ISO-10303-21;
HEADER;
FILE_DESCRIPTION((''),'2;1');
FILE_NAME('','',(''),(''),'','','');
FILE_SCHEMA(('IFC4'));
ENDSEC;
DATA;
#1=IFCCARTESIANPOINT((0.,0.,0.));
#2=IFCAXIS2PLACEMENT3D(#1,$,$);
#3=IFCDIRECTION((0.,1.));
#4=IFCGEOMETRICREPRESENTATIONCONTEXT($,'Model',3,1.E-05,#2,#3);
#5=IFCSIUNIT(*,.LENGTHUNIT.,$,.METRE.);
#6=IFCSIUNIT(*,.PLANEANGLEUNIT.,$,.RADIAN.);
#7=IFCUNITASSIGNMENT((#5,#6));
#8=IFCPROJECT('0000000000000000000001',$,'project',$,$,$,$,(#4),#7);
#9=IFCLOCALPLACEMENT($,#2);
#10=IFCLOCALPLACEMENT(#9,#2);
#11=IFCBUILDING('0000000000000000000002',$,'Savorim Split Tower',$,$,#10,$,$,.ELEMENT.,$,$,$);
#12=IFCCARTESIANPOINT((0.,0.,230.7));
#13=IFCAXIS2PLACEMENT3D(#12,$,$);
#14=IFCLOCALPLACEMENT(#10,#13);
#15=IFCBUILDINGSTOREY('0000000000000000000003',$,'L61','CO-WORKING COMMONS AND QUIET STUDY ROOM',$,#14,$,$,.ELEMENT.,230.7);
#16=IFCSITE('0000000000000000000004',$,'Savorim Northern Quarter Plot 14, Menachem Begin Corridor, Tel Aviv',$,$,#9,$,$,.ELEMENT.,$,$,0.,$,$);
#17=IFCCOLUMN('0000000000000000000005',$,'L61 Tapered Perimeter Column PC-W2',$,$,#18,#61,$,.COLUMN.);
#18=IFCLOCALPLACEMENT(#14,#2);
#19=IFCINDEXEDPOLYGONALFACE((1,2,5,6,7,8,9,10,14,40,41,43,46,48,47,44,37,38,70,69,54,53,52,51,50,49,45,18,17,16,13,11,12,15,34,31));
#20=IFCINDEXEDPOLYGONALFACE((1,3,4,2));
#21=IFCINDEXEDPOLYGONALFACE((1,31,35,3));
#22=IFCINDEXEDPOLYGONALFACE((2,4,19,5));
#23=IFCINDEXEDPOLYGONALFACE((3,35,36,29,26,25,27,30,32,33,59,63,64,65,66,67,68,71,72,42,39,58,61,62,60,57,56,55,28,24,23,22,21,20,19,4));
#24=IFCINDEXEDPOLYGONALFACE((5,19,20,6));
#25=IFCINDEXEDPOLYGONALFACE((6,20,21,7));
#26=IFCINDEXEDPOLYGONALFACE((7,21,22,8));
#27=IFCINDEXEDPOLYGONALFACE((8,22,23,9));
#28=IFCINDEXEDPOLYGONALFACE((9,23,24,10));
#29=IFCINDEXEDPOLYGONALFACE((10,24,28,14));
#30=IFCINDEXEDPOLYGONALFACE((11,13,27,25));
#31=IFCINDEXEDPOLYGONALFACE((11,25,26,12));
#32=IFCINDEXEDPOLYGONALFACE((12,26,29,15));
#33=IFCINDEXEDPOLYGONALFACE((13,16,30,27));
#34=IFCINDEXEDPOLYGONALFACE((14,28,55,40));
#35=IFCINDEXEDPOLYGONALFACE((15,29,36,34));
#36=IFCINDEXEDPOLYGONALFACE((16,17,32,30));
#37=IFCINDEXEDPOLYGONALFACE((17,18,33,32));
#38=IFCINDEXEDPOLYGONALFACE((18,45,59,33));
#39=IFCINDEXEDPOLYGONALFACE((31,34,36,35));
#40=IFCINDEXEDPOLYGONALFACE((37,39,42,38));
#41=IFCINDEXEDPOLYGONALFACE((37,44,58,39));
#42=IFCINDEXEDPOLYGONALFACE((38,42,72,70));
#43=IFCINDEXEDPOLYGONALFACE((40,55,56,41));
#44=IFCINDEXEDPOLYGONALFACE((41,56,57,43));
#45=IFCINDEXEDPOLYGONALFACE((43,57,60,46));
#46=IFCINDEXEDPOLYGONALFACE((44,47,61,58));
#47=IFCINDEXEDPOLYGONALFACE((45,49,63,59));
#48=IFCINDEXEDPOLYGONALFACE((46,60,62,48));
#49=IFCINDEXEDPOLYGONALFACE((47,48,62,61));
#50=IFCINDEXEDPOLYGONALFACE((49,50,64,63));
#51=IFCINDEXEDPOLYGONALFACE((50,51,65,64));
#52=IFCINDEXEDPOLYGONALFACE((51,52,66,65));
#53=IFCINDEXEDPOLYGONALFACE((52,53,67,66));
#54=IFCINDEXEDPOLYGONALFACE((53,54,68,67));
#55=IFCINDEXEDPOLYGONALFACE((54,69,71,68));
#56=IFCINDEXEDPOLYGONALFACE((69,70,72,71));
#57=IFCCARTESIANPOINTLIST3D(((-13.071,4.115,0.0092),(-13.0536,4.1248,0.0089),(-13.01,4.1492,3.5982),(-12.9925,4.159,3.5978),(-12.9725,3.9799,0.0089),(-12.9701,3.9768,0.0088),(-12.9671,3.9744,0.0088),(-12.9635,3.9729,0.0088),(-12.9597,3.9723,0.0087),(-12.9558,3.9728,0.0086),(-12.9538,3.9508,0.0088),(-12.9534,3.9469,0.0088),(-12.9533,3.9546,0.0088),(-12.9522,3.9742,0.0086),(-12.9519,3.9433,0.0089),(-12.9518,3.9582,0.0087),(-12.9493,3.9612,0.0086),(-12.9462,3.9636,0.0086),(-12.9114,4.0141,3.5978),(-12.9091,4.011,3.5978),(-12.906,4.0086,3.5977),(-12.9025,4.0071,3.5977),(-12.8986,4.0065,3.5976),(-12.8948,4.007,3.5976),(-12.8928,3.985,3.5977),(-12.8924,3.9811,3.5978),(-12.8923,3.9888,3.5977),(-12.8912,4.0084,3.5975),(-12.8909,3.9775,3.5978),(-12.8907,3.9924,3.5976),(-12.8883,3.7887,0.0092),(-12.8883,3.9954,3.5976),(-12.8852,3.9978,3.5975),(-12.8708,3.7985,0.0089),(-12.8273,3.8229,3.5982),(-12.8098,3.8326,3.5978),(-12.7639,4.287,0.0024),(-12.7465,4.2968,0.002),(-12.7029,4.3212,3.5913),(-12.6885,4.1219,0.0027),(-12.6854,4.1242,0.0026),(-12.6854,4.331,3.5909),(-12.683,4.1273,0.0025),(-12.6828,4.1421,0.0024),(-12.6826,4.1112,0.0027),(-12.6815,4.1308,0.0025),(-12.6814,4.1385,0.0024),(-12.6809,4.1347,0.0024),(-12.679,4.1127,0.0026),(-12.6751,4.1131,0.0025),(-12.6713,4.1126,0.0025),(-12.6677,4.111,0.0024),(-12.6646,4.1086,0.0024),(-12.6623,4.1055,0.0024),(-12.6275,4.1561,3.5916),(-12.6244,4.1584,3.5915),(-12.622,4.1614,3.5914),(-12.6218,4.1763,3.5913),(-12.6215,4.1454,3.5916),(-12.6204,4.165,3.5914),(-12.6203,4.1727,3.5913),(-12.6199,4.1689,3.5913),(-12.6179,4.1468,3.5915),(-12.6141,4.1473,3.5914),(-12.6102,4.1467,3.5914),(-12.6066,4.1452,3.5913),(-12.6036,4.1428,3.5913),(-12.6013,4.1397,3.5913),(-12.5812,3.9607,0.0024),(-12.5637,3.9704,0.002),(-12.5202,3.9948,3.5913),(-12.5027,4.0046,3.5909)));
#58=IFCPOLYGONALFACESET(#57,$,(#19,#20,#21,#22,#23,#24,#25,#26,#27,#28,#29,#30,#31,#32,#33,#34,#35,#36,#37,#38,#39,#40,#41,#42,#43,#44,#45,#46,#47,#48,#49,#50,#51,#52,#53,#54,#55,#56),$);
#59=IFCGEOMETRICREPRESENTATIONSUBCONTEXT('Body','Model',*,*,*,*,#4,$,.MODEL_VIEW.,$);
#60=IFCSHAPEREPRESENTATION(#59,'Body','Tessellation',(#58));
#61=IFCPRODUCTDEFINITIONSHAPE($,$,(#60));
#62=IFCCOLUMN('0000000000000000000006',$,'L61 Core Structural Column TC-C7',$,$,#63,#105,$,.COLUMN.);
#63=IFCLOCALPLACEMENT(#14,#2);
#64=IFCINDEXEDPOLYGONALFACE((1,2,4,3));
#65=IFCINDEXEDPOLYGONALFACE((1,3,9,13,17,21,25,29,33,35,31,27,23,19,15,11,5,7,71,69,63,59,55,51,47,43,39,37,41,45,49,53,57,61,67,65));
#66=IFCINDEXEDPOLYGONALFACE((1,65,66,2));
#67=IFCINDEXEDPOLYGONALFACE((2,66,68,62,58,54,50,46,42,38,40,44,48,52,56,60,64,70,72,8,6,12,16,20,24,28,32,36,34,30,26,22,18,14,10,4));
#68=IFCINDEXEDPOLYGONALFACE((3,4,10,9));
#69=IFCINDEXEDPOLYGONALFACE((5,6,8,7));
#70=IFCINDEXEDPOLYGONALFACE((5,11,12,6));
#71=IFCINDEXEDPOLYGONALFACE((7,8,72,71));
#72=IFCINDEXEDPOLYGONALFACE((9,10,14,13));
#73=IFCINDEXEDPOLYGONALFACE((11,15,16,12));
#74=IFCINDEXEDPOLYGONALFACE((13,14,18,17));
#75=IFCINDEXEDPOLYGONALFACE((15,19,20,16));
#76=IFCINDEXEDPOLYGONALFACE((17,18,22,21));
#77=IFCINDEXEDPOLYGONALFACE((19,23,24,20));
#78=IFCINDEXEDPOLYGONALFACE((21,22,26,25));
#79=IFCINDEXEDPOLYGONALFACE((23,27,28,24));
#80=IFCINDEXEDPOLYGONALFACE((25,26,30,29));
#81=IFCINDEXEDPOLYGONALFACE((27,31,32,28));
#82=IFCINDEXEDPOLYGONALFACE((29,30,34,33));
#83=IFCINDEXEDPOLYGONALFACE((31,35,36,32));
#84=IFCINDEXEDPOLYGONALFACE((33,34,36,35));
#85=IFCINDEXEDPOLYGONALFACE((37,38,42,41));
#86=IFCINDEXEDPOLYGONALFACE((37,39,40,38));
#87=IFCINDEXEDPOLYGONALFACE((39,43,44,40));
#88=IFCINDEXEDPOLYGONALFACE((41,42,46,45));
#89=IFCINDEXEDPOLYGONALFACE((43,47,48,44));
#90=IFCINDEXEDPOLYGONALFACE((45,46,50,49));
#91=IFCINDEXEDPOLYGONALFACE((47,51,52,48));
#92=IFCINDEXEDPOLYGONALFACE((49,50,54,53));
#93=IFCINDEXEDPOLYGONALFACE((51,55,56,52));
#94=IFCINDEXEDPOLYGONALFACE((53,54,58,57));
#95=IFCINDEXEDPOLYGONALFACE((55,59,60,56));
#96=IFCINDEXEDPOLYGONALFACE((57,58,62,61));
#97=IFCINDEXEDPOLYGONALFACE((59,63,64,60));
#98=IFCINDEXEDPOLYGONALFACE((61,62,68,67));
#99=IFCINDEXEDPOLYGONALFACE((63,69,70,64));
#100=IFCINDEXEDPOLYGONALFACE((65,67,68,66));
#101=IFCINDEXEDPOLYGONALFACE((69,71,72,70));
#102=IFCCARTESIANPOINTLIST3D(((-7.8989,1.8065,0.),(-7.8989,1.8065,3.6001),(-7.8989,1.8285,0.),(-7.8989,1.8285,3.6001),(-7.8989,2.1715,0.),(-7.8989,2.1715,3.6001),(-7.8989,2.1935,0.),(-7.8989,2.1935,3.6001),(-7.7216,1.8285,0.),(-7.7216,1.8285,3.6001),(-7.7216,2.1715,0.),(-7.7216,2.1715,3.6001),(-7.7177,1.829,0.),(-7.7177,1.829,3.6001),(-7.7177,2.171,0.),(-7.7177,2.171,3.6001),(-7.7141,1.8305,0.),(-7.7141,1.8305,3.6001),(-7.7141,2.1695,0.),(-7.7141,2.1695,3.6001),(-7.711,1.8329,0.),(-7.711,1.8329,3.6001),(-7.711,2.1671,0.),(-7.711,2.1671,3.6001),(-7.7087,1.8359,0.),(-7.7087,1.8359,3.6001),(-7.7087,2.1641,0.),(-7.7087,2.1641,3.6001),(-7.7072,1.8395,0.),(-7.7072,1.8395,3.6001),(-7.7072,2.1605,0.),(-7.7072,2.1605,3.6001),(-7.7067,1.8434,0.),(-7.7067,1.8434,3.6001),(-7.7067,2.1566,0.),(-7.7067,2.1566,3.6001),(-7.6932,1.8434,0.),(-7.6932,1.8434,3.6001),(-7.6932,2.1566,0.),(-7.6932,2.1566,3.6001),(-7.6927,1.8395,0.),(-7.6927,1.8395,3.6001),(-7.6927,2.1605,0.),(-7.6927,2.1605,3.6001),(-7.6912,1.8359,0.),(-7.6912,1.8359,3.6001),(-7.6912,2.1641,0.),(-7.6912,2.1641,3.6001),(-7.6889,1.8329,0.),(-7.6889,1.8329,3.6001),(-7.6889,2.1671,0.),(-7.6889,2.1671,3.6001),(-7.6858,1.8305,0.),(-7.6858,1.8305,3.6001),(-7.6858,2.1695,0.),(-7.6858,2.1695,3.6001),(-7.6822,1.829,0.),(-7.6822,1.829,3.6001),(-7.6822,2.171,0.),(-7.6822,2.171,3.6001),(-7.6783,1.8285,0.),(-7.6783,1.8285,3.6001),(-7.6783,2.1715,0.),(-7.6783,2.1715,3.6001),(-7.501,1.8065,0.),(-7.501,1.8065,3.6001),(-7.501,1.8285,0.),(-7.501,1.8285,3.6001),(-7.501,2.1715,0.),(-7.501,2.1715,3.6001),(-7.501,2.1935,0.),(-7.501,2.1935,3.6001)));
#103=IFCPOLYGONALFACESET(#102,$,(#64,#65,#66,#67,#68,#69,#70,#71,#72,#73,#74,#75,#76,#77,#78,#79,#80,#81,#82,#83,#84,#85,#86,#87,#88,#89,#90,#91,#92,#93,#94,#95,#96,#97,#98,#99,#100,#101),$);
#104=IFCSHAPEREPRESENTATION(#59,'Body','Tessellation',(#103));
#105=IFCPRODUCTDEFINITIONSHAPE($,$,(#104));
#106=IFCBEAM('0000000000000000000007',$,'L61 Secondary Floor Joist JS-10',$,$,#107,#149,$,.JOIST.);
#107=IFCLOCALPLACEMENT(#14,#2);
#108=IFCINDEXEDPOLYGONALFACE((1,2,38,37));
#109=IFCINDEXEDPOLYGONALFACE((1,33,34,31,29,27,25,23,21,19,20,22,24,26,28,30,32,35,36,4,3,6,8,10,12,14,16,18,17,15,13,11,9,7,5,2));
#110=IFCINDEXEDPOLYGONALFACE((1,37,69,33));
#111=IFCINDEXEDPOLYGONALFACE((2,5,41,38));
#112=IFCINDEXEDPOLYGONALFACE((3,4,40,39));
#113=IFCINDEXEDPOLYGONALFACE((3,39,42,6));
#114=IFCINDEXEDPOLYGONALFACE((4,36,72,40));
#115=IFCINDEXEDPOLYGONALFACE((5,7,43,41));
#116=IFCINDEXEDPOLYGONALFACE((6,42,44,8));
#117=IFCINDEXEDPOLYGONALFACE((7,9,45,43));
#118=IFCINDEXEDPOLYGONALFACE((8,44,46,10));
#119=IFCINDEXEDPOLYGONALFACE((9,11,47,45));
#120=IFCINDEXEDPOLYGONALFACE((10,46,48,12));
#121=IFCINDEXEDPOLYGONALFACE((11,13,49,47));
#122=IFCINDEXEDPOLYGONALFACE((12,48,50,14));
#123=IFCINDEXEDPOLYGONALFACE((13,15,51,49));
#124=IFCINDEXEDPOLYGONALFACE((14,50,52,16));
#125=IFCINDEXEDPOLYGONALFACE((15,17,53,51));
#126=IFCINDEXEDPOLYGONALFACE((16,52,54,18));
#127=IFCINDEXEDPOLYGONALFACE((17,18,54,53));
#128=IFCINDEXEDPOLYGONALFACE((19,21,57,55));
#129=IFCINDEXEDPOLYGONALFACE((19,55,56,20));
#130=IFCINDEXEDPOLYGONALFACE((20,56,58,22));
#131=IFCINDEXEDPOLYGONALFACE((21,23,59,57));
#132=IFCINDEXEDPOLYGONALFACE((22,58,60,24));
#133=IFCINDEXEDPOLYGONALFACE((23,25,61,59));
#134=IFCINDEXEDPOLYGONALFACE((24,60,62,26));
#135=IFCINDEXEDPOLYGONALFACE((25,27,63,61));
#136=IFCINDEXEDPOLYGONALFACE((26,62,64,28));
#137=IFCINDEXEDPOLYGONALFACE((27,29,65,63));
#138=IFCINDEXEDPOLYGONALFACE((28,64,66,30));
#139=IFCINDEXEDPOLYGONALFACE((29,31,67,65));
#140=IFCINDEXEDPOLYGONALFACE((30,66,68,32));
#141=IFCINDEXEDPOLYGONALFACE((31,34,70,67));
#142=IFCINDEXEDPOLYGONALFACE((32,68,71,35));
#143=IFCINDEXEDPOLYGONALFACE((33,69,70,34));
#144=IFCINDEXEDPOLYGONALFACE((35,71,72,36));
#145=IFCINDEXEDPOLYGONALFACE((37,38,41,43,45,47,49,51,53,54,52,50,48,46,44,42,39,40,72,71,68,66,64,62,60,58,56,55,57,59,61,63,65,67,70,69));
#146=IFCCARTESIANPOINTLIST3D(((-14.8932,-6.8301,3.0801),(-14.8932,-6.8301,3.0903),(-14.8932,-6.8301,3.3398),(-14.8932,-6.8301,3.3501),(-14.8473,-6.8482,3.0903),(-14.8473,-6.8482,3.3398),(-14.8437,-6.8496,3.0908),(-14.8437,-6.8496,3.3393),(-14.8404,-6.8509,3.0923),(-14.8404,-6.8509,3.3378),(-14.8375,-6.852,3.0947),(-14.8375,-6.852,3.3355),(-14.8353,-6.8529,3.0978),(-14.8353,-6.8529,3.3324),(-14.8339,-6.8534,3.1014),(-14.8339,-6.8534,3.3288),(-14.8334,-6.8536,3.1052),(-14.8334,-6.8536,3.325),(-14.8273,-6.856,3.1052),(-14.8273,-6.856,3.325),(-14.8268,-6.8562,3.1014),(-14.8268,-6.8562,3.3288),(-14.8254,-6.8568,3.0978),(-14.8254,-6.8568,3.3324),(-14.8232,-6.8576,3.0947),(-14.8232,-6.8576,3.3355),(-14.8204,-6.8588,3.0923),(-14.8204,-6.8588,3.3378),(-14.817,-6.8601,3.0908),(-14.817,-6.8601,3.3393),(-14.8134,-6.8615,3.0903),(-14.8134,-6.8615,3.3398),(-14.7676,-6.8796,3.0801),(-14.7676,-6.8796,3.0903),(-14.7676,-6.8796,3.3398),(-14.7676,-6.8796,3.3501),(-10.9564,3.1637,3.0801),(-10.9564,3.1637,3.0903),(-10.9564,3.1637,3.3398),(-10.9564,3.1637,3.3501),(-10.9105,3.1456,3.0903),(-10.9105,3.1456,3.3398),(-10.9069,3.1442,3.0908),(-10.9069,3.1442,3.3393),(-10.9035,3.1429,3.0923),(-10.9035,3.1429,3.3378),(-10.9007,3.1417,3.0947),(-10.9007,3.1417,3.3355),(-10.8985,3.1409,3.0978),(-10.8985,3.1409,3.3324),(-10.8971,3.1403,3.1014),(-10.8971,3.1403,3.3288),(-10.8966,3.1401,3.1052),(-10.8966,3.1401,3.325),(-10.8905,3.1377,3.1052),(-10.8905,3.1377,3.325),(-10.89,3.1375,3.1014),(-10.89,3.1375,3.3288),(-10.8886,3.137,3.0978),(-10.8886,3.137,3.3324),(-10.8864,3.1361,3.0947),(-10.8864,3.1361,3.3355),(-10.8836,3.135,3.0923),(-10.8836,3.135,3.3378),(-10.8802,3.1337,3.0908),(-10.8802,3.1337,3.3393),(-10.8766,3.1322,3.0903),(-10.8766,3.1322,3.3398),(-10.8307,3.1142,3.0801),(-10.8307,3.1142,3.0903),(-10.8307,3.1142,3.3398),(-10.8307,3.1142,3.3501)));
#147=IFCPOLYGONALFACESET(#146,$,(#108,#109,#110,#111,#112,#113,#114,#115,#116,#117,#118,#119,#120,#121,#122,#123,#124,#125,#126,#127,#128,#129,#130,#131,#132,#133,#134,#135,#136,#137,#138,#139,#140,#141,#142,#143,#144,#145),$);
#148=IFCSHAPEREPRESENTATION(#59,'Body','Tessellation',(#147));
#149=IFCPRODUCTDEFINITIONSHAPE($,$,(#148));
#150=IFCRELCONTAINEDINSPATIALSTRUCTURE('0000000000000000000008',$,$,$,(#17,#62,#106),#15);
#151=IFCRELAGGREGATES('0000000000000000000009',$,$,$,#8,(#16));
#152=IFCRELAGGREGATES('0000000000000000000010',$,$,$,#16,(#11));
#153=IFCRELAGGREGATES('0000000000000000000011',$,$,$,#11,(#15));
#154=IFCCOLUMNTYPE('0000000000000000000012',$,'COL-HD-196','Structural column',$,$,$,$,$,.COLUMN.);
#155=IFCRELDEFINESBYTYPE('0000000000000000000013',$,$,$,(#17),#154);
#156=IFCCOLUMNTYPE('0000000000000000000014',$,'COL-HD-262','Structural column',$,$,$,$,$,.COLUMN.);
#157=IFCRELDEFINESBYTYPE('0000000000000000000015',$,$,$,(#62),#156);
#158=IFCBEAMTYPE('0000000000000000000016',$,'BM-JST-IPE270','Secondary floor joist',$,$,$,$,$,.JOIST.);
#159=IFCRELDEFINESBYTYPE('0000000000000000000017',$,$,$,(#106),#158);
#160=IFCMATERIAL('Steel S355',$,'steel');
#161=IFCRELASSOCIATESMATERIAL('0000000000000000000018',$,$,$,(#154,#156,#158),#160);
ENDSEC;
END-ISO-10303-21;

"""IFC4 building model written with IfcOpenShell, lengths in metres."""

from ifc_helpers import new_model, si_unit, direction, frame, origin, origin_2d, place, context, subcontext, project, spatial, i_section, extrude, material, material_profile, profile_set, type_object, element, save


model = new_model("IFC4")

# Units and contexts
model_context = context("Model", 3, precision=1e-05, world=origin(), true_north=direction((0.0, 1.0)))
body_context = subcontext(model_context, "Body", "Model", "MODEL_VIEW")
ifc_project = project(units=[si_unit("LENGTHUNIT", "METRE"), si_unit("PLANEANGLEUNIT", "RADIAN")], contexts=[model_context])

# Site, building, storey
site_placement = place(None, origin())
site = spatial("IfcSite", under=ifc_project, at=site_placement, Name="Savorim Northern Quarter Plot 14, Menachem Begin Corridor, Tel Aviv", CompositionType="ELEMENT", RefElevation=0.0)
building_placement = place(site_placement, origin())
building = spatial("IfcBuilding", under=site, at=building_placement, Name="Savorim Split Tower", CompositionType="ELEMENT")
storey_placement = place(building_placement, frame((0.0, 0.0, 230.7)))
storey = spatial("IfcBuildingStorey", under=building, at=storey_placement, Name="L61", Description="CO-WORKING COMMONS AND QUIET STUDY ROOM", CompositionType="ELEMENT", Elevation=230.7)

# Columns
ifc_material_1 = material(Name="Steel S355", Category="steel")
ifc_material_profile_1 = material_profile(ifc_material_1, i_section(OverallWidth=0.374, OverallDepth=0.3721, WebThickness=0.0122, FlangeThickness=0.02, FilletRadius=0.0149, at=origin_2d()), Name="HD 360x196")
ifc_profile_set_1 = profile_set([ifc_material_profile_1], Name="Steel S355")
column_type_1 = type_object("IfcColumnType", Name="COL-HD-196", Description="Structural column", PredefinedType="COLUMN", material=ifc_profile_set_1)
column_1_placement = place(storey_placement, frame((-12.8174, 4.0427, 0.0056), z_axis=(0.017004, 0.009522, 0.99981), x_axis=(-0.488603, 0.872506, 0.0)))
element("IfcColumn", 1, at=column_1_placement, inside=storey, type_object=column_type_1, Name="L61 Tapered Perimeter Column PC-W2", PredefinedType="COLUMN", context=body_context, shape_type="SweptSolid", body=[
    extrude(i_section(OverallWidth=0.374, OverallDepth=0.3721, WebThickness=0.0122, FlangeThickness=0.02, FilletRadius=0.0149, at=origin_2d()), origin(), (0.0, 0.0, 1.0), 3.5896),
])
ifc_material_profile_2 = material_profile(ifc_material_1, i_section(OverallWidth=0.3979, OverallDepth=0.387, WebThickness=0.0134, FlangeThickness=0.022, FilletRadius=0.0149, at=origin_2d()), Name="HD 400x262")
ifc_profile_set_2 = profile_set([ifc_material_profile_2], Name="Steel S355")
column_type_2 = type_object("IfcColumnType", Name="COL-HD-262", Description="Structural column", PredefinedType="COLUMN", material=ifc_profile_set_2)
column_2_placement = place(storey_placement, frame((-7.7, 2.0, 0.0), z_axis=(0.0, 0.0, 1.0), x_axis=(1.0, 0.0, 0.0)))
element("IfcColumn", 2, at=column_2_placement, inside=storey, type_object=column_type_2, Name="L61 Core Structural Column TC-C7", PredefinedType="COLUMN", context=body_context, shape_type="SweptSolid", body=[
    extrude(i_section(OverallWidth=0.3979, OverallDepth=0.387, WebThickness=0.0134, FlangeThickness=0.022, FilletRadius=0.0149, at=origin_2d()), origin(), (0.0, 0.0, 1.0), 3.6001),
])

# Beam
ifc_material_profile_3 = material_profile(ifc_material_1, i_section(OverallWidth=0.135, OverallDepth=0.27, WebThickness=0.0066, FlangeThickness=0.0103, FilletRadius=0.0149, at=origin_2d()), Name="IPE 270")
ifc_profile_set_3 = profile_set([ifc_material_profile_3], Name="Steel S355")
beam_type_1 = type_object("IfcBeamType", Name="BM-JST-IPE270", Description="Secondary floor joist", PredefinedType="JOIST", material=ifc_profile_set_3)
beam_1_placement = place(storey_placement, frame((-10.8936, 3.1389, 3.2151), z_axis=(-0.366514, -0.930412, 0.0), x_axis=(0.930412, -0.366514, 0.0)))
element("IfcBeam", 3, at=beam_1_placement, inside=storey, type_object=beam_type_1, Name="L61 Secondary Floor Joist JS-10", PredefinedType="JOIST", context=body_context, shape_type="SweptSolid", body=[
    extrude(i_section(OverallWidth=0.135, OverallDepth=0.27, WebThickness=0.0066, FlangeThickness=0.0103, FilletRadius=0.0149, at=origin_2d()), origin(), (0.0, 0.0, 1.0), 10.7412),
])

save(model, "model.ifc")
